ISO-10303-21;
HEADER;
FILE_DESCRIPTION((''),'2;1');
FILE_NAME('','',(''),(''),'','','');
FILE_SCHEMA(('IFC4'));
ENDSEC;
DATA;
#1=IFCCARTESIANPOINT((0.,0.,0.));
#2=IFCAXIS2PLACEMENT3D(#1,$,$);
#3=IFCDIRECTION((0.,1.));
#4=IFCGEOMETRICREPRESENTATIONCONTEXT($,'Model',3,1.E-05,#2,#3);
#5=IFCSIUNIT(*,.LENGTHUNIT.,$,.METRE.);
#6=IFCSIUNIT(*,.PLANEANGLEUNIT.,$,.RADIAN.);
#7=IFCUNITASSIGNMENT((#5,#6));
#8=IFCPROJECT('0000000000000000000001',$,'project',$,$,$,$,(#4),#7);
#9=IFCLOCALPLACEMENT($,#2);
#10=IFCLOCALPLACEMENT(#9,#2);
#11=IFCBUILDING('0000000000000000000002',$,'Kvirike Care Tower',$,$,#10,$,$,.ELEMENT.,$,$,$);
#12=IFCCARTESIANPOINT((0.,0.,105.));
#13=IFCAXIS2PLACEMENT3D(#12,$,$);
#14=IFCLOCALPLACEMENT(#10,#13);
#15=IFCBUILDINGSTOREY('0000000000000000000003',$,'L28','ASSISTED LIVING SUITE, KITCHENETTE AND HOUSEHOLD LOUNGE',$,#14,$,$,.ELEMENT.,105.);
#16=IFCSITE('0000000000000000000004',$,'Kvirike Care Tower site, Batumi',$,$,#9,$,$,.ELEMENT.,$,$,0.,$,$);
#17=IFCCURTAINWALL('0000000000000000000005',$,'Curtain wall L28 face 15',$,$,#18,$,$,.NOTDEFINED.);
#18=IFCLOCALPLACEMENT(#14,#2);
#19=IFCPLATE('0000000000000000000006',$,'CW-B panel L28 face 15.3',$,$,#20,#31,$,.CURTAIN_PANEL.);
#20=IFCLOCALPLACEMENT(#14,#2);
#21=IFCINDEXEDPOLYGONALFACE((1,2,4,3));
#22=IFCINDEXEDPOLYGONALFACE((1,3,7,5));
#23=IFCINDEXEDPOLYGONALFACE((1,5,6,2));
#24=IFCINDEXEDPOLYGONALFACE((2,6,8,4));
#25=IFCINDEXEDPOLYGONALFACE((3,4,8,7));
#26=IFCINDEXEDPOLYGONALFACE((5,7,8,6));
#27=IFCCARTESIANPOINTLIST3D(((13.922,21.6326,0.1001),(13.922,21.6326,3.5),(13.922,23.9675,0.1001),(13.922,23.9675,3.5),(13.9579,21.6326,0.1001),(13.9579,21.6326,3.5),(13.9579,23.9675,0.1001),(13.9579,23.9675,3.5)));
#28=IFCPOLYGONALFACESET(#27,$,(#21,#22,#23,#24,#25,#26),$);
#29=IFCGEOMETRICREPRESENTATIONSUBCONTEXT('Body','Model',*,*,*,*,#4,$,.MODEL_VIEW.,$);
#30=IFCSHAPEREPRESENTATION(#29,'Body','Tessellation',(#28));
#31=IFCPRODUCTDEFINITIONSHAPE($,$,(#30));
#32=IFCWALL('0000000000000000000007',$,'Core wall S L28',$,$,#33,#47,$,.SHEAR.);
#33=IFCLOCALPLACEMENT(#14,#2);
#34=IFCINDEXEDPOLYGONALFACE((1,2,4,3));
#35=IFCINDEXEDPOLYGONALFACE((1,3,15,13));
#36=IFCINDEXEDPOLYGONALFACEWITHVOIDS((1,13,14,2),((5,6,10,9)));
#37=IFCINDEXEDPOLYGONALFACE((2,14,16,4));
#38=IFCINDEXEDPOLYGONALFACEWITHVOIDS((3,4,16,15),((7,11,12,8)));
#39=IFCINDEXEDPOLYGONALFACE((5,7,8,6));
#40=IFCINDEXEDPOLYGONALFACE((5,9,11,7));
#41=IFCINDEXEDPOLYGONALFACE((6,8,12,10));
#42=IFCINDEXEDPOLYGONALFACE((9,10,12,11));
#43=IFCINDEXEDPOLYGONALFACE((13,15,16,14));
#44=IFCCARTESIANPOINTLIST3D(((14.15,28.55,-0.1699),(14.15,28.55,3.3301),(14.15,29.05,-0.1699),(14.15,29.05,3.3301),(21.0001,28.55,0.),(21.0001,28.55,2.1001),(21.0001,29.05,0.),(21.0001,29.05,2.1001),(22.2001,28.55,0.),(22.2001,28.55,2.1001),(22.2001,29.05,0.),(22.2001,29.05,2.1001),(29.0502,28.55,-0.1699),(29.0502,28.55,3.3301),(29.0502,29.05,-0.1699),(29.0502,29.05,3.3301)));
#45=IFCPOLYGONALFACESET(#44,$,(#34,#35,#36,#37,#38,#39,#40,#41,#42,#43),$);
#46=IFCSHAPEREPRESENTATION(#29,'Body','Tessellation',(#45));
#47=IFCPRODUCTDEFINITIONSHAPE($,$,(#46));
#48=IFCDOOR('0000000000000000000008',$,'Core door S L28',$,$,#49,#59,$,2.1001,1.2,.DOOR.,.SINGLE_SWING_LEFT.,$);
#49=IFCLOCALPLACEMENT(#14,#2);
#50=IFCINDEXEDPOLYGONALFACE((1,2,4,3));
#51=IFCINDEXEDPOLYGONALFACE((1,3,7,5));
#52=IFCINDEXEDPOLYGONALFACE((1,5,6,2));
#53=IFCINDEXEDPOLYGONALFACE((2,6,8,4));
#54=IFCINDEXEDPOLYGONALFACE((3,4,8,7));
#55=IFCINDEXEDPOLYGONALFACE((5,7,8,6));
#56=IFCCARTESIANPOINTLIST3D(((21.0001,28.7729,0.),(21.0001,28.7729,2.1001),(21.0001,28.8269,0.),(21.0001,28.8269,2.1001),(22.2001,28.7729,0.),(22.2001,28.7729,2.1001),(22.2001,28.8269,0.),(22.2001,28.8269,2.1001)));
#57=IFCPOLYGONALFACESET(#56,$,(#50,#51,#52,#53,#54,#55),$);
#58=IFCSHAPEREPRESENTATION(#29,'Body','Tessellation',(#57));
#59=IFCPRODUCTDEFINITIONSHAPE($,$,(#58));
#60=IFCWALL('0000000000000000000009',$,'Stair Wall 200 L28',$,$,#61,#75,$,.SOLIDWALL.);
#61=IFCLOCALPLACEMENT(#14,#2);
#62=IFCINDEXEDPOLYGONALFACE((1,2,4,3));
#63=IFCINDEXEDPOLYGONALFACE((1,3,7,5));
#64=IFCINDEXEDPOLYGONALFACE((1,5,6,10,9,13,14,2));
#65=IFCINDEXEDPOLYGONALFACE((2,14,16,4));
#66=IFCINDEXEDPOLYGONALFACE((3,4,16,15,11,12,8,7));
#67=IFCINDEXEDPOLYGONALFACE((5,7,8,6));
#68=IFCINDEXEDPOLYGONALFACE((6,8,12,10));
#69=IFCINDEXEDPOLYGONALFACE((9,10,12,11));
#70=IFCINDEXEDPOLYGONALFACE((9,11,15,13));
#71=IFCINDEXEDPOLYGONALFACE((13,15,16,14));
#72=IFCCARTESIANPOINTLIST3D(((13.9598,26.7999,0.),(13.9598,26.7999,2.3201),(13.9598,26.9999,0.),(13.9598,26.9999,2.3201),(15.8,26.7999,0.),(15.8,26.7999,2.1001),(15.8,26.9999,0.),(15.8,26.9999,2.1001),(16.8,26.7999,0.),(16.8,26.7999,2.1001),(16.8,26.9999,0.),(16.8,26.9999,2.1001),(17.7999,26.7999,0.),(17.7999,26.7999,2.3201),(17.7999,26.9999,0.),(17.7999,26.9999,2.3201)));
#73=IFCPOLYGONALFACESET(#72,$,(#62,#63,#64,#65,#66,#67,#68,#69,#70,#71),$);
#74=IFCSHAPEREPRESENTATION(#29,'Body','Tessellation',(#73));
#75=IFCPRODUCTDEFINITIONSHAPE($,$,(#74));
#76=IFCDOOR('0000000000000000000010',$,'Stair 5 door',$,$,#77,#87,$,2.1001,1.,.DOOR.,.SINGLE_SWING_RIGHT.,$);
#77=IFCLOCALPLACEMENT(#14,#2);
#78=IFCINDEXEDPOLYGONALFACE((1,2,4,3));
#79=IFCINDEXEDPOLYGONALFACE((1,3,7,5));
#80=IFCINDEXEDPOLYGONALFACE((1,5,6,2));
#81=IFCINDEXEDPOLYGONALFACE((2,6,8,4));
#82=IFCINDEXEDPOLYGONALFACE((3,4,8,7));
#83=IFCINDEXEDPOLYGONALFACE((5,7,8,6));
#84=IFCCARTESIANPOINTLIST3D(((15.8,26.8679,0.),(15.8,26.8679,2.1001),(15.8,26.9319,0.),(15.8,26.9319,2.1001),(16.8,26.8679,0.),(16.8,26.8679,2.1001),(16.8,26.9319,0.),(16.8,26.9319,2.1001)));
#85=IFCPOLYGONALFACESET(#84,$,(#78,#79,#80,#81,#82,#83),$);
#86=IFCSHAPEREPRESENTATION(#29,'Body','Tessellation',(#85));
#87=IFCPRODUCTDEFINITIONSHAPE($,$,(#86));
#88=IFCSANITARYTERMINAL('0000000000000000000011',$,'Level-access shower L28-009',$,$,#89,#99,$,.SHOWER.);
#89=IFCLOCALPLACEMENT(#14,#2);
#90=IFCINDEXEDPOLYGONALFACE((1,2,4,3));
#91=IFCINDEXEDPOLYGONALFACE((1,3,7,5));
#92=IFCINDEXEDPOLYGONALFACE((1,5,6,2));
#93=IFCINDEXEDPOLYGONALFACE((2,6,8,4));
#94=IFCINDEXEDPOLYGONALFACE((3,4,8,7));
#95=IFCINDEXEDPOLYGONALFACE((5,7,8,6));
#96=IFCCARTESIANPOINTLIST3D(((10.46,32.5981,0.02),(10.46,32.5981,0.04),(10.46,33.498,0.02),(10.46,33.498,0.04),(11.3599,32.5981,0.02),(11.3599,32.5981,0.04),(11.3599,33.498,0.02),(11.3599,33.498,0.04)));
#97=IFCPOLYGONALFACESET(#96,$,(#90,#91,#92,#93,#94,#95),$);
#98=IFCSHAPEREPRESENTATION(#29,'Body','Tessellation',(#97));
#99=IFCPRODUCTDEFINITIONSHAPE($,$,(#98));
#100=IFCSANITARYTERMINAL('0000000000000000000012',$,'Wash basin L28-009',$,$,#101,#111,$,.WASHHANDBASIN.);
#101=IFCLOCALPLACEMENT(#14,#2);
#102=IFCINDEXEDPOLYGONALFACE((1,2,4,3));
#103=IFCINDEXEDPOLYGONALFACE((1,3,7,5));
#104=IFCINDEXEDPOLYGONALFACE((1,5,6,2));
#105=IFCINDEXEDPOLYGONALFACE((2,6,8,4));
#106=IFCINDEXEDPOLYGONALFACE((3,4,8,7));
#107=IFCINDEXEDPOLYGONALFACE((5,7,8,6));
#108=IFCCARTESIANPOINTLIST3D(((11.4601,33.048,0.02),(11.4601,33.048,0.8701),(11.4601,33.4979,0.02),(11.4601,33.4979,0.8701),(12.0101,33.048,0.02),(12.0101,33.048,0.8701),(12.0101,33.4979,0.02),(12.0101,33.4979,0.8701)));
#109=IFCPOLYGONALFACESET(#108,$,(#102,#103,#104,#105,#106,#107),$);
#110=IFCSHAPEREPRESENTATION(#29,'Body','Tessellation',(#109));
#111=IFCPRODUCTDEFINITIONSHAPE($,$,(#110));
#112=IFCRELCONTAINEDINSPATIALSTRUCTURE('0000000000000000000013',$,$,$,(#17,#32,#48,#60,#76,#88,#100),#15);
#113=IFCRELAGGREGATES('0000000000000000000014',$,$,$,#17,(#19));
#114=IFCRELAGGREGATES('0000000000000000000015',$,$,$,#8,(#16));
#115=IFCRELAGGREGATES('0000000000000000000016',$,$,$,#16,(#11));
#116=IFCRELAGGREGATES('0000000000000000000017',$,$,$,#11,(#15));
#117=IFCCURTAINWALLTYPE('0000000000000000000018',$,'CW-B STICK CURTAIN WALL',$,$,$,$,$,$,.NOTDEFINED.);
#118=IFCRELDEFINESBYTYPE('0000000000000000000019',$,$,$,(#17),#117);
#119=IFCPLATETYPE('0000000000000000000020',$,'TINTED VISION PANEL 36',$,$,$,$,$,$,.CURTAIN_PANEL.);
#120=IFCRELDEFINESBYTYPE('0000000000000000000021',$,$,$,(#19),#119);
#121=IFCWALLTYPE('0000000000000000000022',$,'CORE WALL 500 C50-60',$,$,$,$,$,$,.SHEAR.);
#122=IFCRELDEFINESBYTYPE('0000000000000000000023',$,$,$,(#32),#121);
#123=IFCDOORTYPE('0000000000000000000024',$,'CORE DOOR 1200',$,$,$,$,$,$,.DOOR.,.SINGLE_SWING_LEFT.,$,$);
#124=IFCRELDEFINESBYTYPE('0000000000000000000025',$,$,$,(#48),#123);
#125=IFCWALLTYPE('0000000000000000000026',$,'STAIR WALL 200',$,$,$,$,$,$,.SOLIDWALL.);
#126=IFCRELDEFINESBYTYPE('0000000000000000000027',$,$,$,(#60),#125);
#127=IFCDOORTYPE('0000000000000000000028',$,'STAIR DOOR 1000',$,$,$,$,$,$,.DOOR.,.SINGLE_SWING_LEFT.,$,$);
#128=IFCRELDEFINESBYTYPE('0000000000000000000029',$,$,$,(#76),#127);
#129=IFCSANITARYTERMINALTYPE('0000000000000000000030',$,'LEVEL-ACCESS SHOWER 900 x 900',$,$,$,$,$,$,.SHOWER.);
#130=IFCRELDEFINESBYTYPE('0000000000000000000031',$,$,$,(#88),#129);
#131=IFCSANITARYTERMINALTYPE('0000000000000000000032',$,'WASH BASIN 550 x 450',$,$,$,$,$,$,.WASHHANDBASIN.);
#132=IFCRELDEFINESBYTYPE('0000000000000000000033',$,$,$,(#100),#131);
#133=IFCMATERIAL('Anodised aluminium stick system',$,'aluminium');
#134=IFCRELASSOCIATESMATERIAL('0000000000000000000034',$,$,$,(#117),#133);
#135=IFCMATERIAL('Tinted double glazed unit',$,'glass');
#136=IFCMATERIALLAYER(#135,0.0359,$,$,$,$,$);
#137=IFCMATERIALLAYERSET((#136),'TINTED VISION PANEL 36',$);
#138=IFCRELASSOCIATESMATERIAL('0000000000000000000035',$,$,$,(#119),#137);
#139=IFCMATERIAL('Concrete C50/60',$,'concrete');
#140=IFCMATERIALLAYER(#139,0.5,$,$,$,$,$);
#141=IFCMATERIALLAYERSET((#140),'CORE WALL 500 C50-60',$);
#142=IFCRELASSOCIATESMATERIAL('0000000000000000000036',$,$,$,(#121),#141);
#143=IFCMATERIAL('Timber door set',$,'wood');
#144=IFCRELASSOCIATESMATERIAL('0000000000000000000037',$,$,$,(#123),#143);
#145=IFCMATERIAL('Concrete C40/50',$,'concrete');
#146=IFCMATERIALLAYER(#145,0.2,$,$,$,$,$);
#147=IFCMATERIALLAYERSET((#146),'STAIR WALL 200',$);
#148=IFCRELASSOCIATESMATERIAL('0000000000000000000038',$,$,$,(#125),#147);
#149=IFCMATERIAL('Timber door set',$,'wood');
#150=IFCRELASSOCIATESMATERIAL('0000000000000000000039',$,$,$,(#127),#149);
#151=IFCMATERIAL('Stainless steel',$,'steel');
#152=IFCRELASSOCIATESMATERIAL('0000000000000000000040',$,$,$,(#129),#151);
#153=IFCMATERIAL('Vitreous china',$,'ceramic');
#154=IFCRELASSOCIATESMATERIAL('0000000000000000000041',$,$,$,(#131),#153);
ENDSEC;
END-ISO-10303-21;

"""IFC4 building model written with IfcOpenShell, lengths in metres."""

from ifc_helpers import new_model, si_unit, direction, frame, frame_2d, origin, origin_2d, place, context, subcontext, project, spatial, rectangle, extrude, material, layer, layer_set, type_object, element, fill, aggregate, save


model = new_model("IFC4")

# Units and contexts
model_context = context("Model", 3, precision=1e-05, world=origin(), true_north=direction((0.0, 1.0)))
body_context = subcontext(model_context, "Body", "Model", "MODEL_VIEW")
ifc_project = project(units=[si_unit("LENGTHUNIT", "METRE"), si_unit("PLANEANGLEUNIT", "RADIAN")], contexts=[model_context])

# Site, building, storey
site_placement = place(None, origin())
site = spatial("IfcSite", under=ifc_project, at=site_placement, Name="Kvirike Care Tower site, Batumi", CompositionType="ELEMENT", RefElevation=0.0)
building_placement = place(site_placement, origin())
building = spatial("IfcBuilding", under=site, at=building_placement, Name="Kvirike Care Tower", CompositionType="ELEMENT")
storey_placement = place(building_placement, frame((0.0, 0.0, 105.0)))
storey = spatial("IfcBuildingStorey", under=building, at=storey_placement, Name="L28", Description="ASSISTED LIVING SUITE, KITCHENETTE AND HOUSEHOLD LOUNGE", CompositionType="ELEMENT", Elevation=105.0)

# Curtain wall
ifc_material_1 = material(Name="Anodised aluminium stick system", Category="aluminium")
curtain_wall_type = type_object("IfcCurtainWallType", Name="CW-B STICK CURTAIN WALL", PredefinedType="NOTDEFINED", material=ifc_material_1)
curtain_wall_1_placement = place(storey_placement, origin())
curtain_wall_1 = element("IfcCurtainWall", 1, at=curtain_wall_1_placement, inside=storey, type_object=curtain_wall_type, Name="Curtain wall L28 face 15", PredefinedType="NOTDEFINED")

# Plate
ifc_material_2 = material(Name="Tinted double glazed unit", Category="glass")
ifc_layer_1 = layer(ifc_material_2, 0.0359)
ifc_layer_set_1 = layer_set([ifc_layer_1], Name="TINTED VISION PANEL 36")
plate_type = type_object("IfcPlateType", Name="TINTED VISION PANEL 36", PredefinedType="CURTAIN_PANEL", material=ifc_layer_set_1)
plate_1_placement = place(storey_placement, frame((13.9399, 22.8, 0.1001), z_axis=(0.0, 0.0, 1.0), x_axis=(0.0, -1.0, 0.0)))
plate_1 = element("IfcPlate", 2, at=plate_1_placement, type_object=plate_type, Name="CW-B panel L28 face 15.3", PredefinedType="CURTAIN_PANEL", context=body_context, shape_type="SweptSolid", body=[
    extrude(rectangle(XDim=2.335, YDim=0.0359, at=origin_2d()), origin(), (0.0, 0.0, 1.0), 3.3999),
])
aggregate(curtain_wall_1, [plate_1])

# Walls, openings, doors
ifc_material_3 = material(Name="Concrete C50/60", Category="concrete")
ifc_layer_2 = layer(ifc_material_3, 0.5)
ifc_layer_set_2 = layer_set([ifc_layer_2], Name="CORE WALL 500 C50-60")
wall_type_1 = type_object("IfcWallType", Name="CORE WALL 500 C50-60", PredefinedType="SHEAR", material=ifc_layer_set_2)
wall_1_placement = place(storey_placement, frame((14.1499, 28.8, -0.1699), z_axis=(0.0, 0.0, 1.0), x_axis=(1.0, 0.0, 0.0)))
wall_1 = element("IfcWall", 3, at=wall_1_placement, inside=storey, type_object=wall_type_1, Name="Core wall S L28", PredefinedType="SHEAR", context=body_context, shape_type="SweptSolid", body=[
    extrude(rectangle(XDim=14.9001, YDim=0.5, at=frame_2d((7.4502, 0.0))), origin(), (0.0, 0.0, 1.0), 3.5),
])
opening_1_placement = place(wall_1_placement, frame((6.8501, 0.0, 0.1699)))
opening_1 = element("IfcOpeningElement", 4, at=opening_1_placement, cuts=wall_1, PredefinedType="OPENING", context=body_context, shape_type="SweptSolid", body=[
    extrude(rectangle(XDim=1.2, YDim=2.1001, at=frame_2d((0.6001, 1.05))), frame((0.0, 0.2605, 0.0), z_axis=(0.0, -1.0, 0.0), x_axis=(1.0, 0.0, 0.0)), (0.0, 0.0, 1.0), 0.521),
])
ifc_material_4 = material(Name="Timber door set", Category="wood")
door_type_1 = type_object("IfcDoorType", Name="CORE DOOR 1200", OperationType="SINGLE_SWING_LEFT", PredefinedType="DOOR", material=ifc_material_4)
door_1_placement = place(opening_1_placement, origin())
door_1 = element("IfcDoor", 5, at=door_1_placement, inside=storey, type_object=door_type_1, Name="Core door S L28", OperationType="SINGLE_SWING_LEFT", OverallHeight=2.1001, OverallWidth=1.2, PredefinedType="DOOR", context=body_context, shape_type="SweptSolid", body=[
    extrude(rectangle(XDim=1.2, YDim=2.1001, at=frame_2d((0.6001, 1.05))), frame((0.0, 0.0269, 0.0), z_axis=(0.0, -1.0, 0.0), x_axis=(1.0, 0.0, 0.0)), (0.0, 0.0, 1.0), 0.054),
])
fill(opening_1, door_1)
ifc_material_5 = material(Name="Concrete C40/50", Category="concrete")
ifc_layer_3 = layer(ifc_material_5, 0.2)
ifc_layer_set_3 = layer_set([ifc_layer_3], Name="STAIR WALL 200")
wall_type_2 = type_object("IfcWallType", Name="STAIR WALL 200", PredefinedType="SOLIDWALL", material=ifc_layer_set_3)
wall_2_placement = place(storey_placement, frame((13.96, 26.8999, 0.0), z_axis=(0.0, 0.0, 1.0), x_axis=(1.0, 0.0, 0.0)))
wall_2 = element("IfcWall", 6, at=wall_2_placement, inside=storey, type_object=wall_type_2, Name="Stair Wall 200 L28", PredefinedType="SOLIDWALL", context=body_context, shape_type="SweptSolid", body=[
    extrude(rectangle(XDim=3.8401, YDim=0.2, at=frame_2d((1.9199, 0.0))), origin(), (0.0, 0.0, 1.0), 2.3201),
])
opening_2_placement = place(wall_2_placement, frame((1.8401, 0.0, 0.0)))
opening_2 = element("IfcOpeningElement", 7, at=opening_2_placement, cuts=wall_2, PredefinedType="OPENING", context=body_context, shape_type="SweptSolid", body=[
    extrude(rectangle(XDim=1.0, YDim=2.1001, at=frame_2d((0.5, 1.05))), frame((0.0, 0.1106, 0.0), z_axis=(0.0, -1.0, 0.0), x_axis=(1.0, 0.0, 0.0)), (0.0, 0.0, 1.0), 0.2209),
])
ifc_material_6 = material(Name="Timber door set", Category="wood")
door_type_2 = type_object("IfcDoorType", Name="STAIR DOOR 1000", OperationType="SINGLE_SWING_LEFT", PredefinedType="DOOR", material=ifc_material_6)
door_2_placement = place(opening_2_placement, frame((1.0, 0.0, 0.0), z_axis=(0.0, 0.0, 1.0), x_axis=(-1.0, 0.0, 0.0)))
door_2 = element("IfcDoor", 8, at=door_2_placement, inside=storey, type_object=door_type_2, Name="Stair 5 door", OperationType="SINGLE_SWING_RIGHT", OverallHeight=2.1001, OverallWidth=1.0, PredefinedType="DOOR", context=body_context, shape_type="SweptSolid", body=[
    extrude(rectangle(XDim=1.0, YDim=2.1001, at=frame_2d((0.5, 1.05))), frame((0.0, 0.032, 0.0), z_axis=(0.0, -1.0, 0.0), x_axis=(1.0, 0.0, 0.0)), (0.0, 0.0, 1.0), 0.064),
])
fill(opening_2, door_2)

# Sanitary terminals
ifc_material_7 = material(Name="Stainless steel", Category="steel")
sanitary_terminal_type_1 = type_object("IfcSanitaryTerminalType", Name="LEVEL-ACCESS SHOWER 900 x 900", PredefinedType="SHOWER", material=ifc_material_7)
sanitary_terminal_1_placement = place(storey_placement, frame((10.9099, 33.0481, 0.02), z_axis=(0.0, 0.0, 1.0), x_axis=(1.0, 0.0, 0.0)))
element("IfcSanitaryTerminal", 9, at=sanitary_terminal_1_placement, inside=storey, type_object=sanitary_terminal_type_1, Name="Level-access shower L28-009", PredefinedType="SHOWER", context=body_context, shape_type="SweptSolid", body=[
    extrude(rectangle(XDim=0.8999, YDim=0.8999, at=origin_2d()), origin(), (0.0, 0.0, 1.0), 0.02),
])
ifc_material_8 = material(Name="Vitreous china", Category="ceramic")
sanitary_terminal_type_2 = type_object("IfcSanitaryTerminalType", Name="WASH BASIN 550 x 450", PredefinedType="WASHHANDBASIN", material=ifc_material_8)
sanitary_terminal_2_placement = place(storey_placement, frame((11.7351, 33.2729, 0.02), z_axis=(0.0, 0.0, 1.0), x_axis=(1.0, 0.0, 0.0)))
element("IfcSanitaryTerminal", 10, at=sanitary_terminal_2_placement, inside=storey, type_object=sanitary_terminal_type_2, Name="Wash basin L28-009", PredefinedType="WASHHANDBASIN", context=body_context, shape_type="SweptSolid", body=[
    extrude(rectangle(XDim=0.55, YDim=0.45, at=origin_2d()), origin(), (0.0, 0.0, 1.0), 0.8501),
])

save(model, "model.ifc")
